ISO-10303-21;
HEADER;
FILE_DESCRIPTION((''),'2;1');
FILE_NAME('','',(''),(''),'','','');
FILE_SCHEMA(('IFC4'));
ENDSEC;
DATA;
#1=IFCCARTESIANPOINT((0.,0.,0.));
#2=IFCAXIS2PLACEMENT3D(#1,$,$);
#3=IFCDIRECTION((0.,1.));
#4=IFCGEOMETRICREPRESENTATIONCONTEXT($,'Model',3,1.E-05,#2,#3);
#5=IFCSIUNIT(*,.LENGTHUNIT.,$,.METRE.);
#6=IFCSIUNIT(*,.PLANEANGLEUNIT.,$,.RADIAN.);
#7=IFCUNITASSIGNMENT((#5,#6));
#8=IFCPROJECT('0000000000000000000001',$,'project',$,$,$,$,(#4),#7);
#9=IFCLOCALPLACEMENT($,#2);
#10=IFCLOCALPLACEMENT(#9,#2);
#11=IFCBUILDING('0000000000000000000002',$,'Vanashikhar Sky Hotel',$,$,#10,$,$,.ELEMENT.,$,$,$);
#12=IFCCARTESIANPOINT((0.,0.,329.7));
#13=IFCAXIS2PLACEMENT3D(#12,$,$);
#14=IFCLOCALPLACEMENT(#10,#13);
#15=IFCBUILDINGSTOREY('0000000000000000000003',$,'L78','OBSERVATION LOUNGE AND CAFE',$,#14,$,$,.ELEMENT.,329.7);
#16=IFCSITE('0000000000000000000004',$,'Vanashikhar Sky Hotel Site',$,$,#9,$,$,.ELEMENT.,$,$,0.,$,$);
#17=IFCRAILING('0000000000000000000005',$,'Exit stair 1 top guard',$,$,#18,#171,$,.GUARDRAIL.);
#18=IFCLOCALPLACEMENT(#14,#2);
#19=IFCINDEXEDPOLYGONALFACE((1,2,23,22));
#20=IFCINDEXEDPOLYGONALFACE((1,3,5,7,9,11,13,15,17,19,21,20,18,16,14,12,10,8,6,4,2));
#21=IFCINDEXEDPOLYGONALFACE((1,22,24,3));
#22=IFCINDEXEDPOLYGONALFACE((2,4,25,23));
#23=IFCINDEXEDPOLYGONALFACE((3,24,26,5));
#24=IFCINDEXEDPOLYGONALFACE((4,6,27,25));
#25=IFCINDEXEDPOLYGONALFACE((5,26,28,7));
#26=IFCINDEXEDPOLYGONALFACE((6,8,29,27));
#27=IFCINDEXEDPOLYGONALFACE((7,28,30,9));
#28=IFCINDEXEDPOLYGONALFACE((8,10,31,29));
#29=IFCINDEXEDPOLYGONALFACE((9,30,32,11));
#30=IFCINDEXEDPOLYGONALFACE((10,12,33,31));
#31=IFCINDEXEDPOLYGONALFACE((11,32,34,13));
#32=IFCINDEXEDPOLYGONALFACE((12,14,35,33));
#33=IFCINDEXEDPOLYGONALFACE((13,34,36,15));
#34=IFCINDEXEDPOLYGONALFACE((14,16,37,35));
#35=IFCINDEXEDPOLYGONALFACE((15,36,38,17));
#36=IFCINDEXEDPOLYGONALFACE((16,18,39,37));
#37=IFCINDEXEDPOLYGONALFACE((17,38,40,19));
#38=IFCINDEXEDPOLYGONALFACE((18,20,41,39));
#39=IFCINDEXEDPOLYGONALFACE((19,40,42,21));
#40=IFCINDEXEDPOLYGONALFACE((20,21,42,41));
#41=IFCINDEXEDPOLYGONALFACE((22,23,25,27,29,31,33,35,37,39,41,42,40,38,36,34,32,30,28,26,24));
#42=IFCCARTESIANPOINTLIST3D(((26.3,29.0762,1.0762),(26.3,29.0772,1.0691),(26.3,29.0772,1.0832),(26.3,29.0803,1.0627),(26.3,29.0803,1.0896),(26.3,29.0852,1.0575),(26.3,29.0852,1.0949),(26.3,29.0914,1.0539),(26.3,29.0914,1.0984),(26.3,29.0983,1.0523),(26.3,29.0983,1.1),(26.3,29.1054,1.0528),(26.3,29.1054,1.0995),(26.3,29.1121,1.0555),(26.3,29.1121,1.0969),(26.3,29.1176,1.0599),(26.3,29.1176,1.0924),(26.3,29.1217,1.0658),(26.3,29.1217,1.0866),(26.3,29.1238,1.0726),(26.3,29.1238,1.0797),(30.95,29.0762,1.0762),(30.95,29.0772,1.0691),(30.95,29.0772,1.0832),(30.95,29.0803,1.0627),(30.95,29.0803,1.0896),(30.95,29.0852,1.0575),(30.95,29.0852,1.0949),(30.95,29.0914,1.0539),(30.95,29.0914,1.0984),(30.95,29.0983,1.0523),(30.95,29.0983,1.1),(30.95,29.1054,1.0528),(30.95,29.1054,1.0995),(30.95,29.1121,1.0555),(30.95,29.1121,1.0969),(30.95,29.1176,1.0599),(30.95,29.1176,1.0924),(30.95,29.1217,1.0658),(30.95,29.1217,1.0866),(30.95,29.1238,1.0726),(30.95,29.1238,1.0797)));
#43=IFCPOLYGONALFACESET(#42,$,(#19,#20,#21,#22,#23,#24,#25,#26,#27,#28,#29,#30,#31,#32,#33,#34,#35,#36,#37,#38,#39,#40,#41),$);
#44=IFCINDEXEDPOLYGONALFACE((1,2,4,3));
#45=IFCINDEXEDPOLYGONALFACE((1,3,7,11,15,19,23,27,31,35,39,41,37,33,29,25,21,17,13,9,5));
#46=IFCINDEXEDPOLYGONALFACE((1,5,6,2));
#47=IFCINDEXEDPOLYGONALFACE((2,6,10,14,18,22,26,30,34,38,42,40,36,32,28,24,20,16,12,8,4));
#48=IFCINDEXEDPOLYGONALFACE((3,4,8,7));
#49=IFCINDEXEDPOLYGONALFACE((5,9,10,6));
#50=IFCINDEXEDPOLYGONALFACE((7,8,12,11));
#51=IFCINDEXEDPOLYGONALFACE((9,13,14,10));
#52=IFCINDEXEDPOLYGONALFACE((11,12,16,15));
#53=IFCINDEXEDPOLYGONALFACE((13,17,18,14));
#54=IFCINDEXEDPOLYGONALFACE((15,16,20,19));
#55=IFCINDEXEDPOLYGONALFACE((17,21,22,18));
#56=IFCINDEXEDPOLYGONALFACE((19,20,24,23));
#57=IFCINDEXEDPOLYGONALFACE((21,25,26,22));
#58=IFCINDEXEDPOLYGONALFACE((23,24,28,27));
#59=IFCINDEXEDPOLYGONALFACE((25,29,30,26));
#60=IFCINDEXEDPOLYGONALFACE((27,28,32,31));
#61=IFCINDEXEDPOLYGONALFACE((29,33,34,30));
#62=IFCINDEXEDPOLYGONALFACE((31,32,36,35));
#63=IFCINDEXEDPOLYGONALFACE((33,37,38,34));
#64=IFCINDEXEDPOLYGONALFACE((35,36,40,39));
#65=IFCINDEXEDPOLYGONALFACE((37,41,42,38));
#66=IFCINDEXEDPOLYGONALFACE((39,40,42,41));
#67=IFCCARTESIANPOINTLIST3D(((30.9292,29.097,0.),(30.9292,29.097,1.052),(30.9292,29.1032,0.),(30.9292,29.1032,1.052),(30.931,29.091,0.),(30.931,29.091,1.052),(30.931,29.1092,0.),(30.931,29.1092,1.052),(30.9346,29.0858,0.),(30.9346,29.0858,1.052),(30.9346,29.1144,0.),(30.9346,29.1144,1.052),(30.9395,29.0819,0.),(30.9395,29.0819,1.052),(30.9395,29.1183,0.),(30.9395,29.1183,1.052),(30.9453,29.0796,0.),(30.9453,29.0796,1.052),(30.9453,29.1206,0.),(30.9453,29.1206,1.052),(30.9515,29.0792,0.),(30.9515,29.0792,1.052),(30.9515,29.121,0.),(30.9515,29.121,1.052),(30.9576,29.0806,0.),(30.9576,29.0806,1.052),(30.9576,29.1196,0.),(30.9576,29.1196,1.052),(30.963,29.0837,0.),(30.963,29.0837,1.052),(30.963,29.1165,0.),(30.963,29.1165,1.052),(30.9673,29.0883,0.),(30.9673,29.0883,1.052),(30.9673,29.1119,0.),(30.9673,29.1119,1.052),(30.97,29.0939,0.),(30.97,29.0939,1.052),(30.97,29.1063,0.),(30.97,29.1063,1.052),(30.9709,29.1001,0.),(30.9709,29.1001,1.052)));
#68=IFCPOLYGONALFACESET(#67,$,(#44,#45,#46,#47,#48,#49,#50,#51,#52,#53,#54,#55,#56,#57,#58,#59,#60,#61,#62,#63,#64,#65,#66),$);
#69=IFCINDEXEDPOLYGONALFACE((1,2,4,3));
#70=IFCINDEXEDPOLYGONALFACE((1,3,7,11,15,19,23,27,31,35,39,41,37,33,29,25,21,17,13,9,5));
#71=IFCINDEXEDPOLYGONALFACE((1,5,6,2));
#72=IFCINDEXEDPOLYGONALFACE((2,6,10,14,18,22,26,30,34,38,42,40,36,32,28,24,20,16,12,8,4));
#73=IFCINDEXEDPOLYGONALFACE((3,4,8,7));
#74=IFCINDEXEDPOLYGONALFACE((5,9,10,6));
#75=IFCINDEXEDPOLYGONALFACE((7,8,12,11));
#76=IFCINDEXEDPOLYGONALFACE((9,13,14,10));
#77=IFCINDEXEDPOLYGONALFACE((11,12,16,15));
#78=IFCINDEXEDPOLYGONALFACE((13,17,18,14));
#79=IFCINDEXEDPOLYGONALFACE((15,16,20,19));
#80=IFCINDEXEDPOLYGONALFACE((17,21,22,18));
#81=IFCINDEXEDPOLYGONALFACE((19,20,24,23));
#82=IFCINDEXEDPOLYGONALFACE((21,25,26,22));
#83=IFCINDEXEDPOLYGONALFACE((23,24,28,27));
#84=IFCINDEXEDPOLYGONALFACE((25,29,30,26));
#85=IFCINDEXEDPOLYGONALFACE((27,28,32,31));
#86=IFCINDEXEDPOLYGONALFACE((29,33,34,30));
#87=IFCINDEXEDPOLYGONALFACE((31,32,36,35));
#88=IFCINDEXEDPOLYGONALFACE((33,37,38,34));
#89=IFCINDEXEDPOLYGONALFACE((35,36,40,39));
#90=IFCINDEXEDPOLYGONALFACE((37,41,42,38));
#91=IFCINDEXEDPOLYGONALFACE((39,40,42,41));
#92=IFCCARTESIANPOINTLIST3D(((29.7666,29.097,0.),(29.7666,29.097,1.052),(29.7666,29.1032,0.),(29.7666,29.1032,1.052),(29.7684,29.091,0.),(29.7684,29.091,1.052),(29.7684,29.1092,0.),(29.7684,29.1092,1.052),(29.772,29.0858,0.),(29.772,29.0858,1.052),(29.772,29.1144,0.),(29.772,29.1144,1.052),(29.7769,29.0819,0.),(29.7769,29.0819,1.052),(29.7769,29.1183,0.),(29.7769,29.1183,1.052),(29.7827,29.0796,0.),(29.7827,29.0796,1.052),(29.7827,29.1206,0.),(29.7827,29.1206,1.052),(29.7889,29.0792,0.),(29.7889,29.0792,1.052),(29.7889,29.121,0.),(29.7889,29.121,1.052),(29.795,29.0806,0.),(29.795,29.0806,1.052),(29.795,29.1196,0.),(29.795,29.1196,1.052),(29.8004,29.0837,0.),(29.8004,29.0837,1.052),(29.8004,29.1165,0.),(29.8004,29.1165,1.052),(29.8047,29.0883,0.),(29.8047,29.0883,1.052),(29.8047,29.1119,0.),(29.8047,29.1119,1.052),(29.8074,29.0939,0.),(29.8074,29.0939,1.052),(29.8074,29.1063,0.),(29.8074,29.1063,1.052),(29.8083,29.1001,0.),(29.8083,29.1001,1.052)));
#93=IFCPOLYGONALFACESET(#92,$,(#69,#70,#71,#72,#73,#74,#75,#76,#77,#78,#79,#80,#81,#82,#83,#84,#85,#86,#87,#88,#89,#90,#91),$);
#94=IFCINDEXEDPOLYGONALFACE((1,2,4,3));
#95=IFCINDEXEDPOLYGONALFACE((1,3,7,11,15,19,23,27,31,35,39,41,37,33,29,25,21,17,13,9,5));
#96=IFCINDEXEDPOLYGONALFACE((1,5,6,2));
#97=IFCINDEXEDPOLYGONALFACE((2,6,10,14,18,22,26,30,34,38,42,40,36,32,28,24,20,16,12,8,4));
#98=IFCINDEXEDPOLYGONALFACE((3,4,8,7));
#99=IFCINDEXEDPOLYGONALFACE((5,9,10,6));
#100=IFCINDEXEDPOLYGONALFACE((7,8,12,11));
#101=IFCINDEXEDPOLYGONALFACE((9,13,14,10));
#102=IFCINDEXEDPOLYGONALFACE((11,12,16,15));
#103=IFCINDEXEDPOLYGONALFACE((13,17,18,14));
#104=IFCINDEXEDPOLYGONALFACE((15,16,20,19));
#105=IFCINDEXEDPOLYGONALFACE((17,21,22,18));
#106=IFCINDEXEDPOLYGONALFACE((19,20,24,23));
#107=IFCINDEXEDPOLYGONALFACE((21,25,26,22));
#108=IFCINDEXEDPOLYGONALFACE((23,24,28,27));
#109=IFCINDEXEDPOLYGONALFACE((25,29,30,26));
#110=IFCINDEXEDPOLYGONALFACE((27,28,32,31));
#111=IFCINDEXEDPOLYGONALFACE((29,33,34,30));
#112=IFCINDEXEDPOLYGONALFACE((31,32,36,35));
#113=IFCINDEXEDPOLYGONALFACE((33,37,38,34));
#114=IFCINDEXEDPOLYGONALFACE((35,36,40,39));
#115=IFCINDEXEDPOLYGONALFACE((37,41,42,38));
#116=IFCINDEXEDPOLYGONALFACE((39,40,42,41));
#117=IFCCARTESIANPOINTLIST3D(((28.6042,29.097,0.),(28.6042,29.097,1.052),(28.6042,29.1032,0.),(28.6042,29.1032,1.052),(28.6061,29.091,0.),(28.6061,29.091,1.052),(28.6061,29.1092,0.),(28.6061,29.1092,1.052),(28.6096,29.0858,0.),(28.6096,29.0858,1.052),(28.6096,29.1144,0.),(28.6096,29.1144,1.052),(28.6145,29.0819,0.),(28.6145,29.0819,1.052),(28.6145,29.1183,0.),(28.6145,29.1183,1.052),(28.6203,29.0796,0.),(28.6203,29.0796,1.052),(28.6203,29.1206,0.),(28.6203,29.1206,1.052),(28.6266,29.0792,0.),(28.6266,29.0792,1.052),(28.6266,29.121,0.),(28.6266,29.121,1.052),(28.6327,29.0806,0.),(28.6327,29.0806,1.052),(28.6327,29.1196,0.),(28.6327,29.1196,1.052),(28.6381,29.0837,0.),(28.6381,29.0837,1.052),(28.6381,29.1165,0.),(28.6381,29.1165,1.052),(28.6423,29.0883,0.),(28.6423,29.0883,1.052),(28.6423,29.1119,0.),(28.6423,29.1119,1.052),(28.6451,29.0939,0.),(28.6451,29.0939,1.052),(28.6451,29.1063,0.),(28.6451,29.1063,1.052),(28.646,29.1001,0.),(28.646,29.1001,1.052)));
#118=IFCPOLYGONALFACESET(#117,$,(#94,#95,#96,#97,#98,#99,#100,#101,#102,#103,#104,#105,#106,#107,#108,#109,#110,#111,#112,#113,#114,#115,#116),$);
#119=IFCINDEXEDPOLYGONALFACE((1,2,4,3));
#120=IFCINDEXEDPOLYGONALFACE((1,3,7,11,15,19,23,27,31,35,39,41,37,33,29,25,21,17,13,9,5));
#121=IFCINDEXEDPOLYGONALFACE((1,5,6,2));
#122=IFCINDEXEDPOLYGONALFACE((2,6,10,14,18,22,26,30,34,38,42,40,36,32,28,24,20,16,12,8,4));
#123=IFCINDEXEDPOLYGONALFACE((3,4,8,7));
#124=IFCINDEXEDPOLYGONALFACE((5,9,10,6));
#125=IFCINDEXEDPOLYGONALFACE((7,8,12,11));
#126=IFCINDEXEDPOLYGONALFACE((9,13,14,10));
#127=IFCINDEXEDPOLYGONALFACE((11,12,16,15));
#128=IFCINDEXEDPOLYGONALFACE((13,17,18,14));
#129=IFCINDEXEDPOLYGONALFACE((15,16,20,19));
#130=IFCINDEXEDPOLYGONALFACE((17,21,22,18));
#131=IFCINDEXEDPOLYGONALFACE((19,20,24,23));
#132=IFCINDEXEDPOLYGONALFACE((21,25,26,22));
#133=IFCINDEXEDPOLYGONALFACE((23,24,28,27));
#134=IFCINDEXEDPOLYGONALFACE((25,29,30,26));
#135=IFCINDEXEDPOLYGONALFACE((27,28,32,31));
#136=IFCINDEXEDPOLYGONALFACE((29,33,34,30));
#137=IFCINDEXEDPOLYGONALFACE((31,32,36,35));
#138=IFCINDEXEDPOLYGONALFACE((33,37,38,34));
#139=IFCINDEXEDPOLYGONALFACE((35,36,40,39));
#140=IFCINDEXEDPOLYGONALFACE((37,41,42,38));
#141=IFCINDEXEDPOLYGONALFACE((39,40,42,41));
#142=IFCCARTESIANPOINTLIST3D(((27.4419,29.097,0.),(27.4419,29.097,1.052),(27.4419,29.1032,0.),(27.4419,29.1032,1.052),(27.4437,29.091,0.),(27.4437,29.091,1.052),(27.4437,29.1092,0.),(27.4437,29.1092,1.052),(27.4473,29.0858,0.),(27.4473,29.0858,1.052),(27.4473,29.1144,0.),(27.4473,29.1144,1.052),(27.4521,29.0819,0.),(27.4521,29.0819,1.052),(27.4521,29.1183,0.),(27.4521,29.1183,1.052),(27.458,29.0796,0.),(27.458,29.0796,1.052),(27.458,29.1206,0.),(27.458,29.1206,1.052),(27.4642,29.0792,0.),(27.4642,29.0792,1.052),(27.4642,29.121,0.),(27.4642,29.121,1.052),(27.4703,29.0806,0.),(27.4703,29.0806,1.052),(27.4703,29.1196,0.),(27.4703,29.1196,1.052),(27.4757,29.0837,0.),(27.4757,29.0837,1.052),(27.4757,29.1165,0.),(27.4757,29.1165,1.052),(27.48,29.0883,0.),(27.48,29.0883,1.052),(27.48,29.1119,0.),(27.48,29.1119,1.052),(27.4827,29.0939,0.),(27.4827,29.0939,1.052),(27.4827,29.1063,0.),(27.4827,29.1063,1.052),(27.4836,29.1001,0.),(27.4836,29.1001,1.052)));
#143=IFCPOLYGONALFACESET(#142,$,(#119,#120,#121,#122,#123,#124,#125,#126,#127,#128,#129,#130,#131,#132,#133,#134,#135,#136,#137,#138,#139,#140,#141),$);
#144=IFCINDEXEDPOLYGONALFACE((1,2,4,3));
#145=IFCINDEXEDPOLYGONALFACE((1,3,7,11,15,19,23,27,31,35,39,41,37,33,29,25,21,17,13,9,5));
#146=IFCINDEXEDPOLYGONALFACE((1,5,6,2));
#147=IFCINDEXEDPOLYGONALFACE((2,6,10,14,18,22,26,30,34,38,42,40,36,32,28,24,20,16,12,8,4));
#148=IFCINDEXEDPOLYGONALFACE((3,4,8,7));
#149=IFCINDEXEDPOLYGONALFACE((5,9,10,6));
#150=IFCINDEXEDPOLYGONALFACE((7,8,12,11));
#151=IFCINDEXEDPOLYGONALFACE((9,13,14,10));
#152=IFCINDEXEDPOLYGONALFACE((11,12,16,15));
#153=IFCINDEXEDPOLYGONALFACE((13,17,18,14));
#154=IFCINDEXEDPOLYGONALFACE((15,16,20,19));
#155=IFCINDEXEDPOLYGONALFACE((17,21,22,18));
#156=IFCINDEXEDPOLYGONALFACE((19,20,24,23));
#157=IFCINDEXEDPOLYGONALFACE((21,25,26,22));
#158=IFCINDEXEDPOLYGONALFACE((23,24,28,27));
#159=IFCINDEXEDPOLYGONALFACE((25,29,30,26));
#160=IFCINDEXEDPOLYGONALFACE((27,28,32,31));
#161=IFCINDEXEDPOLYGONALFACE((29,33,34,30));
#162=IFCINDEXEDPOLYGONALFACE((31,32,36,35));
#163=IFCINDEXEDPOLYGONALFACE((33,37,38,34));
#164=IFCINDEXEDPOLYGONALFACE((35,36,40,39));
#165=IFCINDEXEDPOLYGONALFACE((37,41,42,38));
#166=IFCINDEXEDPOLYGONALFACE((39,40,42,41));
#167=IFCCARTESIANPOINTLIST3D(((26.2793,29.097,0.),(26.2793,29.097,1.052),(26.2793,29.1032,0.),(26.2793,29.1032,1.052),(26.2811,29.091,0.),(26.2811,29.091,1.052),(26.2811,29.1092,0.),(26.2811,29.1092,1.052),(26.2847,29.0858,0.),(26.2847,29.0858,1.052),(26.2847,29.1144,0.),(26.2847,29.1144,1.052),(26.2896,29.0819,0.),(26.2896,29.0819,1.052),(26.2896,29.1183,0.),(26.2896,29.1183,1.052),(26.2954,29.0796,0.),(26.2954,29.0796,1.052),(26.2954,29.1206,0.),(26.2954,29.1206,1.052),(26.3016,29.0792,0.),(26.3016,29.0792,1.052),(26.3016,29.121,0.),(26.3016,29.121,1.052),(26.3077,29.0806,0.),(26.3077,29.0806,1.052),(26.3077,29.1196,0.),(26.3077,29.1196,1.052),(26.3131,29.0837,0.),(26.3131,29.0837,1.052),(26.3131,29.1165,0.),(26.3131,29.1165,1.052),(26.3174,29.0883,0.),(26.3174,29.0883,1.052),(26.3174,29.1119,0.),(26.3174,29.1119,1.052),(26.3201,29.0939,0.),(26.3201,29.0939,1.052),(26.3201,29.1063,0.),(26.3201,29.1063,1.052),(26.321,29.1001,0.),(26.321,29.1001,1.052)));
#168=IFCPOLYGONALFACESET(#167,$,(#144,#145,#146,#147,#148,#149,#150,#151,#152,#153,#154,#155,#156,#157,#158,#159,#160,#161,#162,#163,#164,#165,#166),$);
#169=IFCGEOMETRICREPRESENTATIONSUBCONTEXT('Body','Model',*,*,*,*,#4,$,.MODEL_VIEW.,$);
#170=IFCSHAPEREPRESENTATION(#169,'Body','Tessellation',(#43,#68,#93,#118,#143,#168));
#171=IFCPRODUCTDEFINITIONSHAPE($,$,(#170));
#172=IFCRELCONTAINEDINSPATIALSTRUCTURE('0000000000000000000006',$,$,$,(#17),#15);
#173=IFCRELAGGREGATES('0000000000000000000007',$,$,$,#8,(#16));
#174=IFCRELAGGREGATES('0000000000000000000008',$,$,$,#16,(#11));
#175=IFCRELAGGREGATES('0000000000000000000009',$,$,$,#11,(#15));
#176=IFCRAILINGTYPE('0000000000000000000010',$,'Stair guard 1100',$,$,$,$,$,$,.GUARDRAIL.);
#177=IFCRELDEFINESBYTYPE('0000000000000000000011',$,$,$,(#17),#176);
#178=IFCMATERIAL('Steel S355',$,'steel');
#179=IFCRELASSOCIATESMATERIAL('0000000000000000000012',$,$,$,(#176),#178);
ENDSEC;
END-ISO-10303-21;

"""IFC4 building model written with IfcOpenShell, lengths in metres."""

from ifc_helpers import new_model, si_unit, direction, frame, origin, origin_2d, place, context, subcontext, project, spatial, circle, extrude, source, transform, mapped, material, type_object, element, save


model = new_model("IFC4")

# Units and contexts
model_context = context("Model", 3, precision=1e-05, world=origin(), true_north=direction((0.0, 1.0)))
body_context = subcontext(model_context, "Body", "Model", "MODEL_VIEW")
ifc_project = project(units=[si_unit("LENGTHUNIT", "METRE"), si_unit("PLANEANGLEUNIT", "RADIAN")], contexts=[model_context])

# Site, building, storey
site_placement = place(None, origin())
site = spatial("IfcSite", under=ifc_project, at=site_placement, Name="Vanashikhar Sky Hotel Site", CompositionType="ELEMENT", RefElevation=0.0)
building_placement = place(site_placement, origin())
building = spatial("IfcBuilding", under=site, at=building_placement, Name="Vanashikhar Sky Hotel", CompositionType="ELEMENT")
storey_placement = place(building_placement, frame((0.0, 0.0, 329.7)))
storey = spatial("IfcBuildingStorey", under=building, at=storey_placement, Name="L78", Description="OBSERVATION LOUNGE AND CAFE", CompositionType="ELEMENT", Elevation=329.7)

# Shared definitions
ifc_material_1 = material(Name="Steel S355", Category="steel")

# Railing
railing_type = type_object("IfcRailingType", Name="Stair guard 1100", PredefinedType="GUARDRAIL", material=ifc_material_1)
shared_shape_1 = source(origin(), body_context, "Body", "SweptSolid", [
    extrude(circle(Radius=0.0239, at=origin_2d()), frame((0.0, 0.0, 1.0762), z_axis=(-1.0, 0.0, 0.0), x_axis=(0.0, -1.0, 0.0)), (0.0, 0.0, 1.0), 4.6499),
    extrude(circle(Radius=0.021, at=origin_2d()), origin(), (0.0, 0.0, 1.0), 1.052),
    extrude(circle(Radius=0.021, at=origin_2d()), frame((-1.1626, 0.0, 0.0)), (0.0, 0.0, 1.0), 1.052),
    extrude(circle(Radius=0.021, at=origin_2d()), frame((-2.325, 0.0, 0.0)), (0.0, 0.0, 1.0), 1.052),
    extrude(circle(Radius=0.021, at=origin_2d()), frame((-3.4873, 0.0, 0.0)), (0.0, 0.0, 1.0), 1.052),
    extrude(circle(Radius=0.021, at=origin_2d()), frame((-4.6499, 0.0, 0.0)), (0.0, 0.0, 1.0), 1.052),
])
railing_1_placement = place(storey_placement, frame((30.95, 29.1001, 0.0)))
element("IfcRailing", 1, at=railing_1_placement, inside=storey, type_object=railing_type, Name="Exit stair 1 top guard", PredefinedType="GUARDRAIL", context=body_context, shape_type="MappedRepresentation", body=[
    mapped(shared_shape_1, transform((0.0, 0.0, 0.0), scale=1.0)),
])

save(model, "model.ifc")
